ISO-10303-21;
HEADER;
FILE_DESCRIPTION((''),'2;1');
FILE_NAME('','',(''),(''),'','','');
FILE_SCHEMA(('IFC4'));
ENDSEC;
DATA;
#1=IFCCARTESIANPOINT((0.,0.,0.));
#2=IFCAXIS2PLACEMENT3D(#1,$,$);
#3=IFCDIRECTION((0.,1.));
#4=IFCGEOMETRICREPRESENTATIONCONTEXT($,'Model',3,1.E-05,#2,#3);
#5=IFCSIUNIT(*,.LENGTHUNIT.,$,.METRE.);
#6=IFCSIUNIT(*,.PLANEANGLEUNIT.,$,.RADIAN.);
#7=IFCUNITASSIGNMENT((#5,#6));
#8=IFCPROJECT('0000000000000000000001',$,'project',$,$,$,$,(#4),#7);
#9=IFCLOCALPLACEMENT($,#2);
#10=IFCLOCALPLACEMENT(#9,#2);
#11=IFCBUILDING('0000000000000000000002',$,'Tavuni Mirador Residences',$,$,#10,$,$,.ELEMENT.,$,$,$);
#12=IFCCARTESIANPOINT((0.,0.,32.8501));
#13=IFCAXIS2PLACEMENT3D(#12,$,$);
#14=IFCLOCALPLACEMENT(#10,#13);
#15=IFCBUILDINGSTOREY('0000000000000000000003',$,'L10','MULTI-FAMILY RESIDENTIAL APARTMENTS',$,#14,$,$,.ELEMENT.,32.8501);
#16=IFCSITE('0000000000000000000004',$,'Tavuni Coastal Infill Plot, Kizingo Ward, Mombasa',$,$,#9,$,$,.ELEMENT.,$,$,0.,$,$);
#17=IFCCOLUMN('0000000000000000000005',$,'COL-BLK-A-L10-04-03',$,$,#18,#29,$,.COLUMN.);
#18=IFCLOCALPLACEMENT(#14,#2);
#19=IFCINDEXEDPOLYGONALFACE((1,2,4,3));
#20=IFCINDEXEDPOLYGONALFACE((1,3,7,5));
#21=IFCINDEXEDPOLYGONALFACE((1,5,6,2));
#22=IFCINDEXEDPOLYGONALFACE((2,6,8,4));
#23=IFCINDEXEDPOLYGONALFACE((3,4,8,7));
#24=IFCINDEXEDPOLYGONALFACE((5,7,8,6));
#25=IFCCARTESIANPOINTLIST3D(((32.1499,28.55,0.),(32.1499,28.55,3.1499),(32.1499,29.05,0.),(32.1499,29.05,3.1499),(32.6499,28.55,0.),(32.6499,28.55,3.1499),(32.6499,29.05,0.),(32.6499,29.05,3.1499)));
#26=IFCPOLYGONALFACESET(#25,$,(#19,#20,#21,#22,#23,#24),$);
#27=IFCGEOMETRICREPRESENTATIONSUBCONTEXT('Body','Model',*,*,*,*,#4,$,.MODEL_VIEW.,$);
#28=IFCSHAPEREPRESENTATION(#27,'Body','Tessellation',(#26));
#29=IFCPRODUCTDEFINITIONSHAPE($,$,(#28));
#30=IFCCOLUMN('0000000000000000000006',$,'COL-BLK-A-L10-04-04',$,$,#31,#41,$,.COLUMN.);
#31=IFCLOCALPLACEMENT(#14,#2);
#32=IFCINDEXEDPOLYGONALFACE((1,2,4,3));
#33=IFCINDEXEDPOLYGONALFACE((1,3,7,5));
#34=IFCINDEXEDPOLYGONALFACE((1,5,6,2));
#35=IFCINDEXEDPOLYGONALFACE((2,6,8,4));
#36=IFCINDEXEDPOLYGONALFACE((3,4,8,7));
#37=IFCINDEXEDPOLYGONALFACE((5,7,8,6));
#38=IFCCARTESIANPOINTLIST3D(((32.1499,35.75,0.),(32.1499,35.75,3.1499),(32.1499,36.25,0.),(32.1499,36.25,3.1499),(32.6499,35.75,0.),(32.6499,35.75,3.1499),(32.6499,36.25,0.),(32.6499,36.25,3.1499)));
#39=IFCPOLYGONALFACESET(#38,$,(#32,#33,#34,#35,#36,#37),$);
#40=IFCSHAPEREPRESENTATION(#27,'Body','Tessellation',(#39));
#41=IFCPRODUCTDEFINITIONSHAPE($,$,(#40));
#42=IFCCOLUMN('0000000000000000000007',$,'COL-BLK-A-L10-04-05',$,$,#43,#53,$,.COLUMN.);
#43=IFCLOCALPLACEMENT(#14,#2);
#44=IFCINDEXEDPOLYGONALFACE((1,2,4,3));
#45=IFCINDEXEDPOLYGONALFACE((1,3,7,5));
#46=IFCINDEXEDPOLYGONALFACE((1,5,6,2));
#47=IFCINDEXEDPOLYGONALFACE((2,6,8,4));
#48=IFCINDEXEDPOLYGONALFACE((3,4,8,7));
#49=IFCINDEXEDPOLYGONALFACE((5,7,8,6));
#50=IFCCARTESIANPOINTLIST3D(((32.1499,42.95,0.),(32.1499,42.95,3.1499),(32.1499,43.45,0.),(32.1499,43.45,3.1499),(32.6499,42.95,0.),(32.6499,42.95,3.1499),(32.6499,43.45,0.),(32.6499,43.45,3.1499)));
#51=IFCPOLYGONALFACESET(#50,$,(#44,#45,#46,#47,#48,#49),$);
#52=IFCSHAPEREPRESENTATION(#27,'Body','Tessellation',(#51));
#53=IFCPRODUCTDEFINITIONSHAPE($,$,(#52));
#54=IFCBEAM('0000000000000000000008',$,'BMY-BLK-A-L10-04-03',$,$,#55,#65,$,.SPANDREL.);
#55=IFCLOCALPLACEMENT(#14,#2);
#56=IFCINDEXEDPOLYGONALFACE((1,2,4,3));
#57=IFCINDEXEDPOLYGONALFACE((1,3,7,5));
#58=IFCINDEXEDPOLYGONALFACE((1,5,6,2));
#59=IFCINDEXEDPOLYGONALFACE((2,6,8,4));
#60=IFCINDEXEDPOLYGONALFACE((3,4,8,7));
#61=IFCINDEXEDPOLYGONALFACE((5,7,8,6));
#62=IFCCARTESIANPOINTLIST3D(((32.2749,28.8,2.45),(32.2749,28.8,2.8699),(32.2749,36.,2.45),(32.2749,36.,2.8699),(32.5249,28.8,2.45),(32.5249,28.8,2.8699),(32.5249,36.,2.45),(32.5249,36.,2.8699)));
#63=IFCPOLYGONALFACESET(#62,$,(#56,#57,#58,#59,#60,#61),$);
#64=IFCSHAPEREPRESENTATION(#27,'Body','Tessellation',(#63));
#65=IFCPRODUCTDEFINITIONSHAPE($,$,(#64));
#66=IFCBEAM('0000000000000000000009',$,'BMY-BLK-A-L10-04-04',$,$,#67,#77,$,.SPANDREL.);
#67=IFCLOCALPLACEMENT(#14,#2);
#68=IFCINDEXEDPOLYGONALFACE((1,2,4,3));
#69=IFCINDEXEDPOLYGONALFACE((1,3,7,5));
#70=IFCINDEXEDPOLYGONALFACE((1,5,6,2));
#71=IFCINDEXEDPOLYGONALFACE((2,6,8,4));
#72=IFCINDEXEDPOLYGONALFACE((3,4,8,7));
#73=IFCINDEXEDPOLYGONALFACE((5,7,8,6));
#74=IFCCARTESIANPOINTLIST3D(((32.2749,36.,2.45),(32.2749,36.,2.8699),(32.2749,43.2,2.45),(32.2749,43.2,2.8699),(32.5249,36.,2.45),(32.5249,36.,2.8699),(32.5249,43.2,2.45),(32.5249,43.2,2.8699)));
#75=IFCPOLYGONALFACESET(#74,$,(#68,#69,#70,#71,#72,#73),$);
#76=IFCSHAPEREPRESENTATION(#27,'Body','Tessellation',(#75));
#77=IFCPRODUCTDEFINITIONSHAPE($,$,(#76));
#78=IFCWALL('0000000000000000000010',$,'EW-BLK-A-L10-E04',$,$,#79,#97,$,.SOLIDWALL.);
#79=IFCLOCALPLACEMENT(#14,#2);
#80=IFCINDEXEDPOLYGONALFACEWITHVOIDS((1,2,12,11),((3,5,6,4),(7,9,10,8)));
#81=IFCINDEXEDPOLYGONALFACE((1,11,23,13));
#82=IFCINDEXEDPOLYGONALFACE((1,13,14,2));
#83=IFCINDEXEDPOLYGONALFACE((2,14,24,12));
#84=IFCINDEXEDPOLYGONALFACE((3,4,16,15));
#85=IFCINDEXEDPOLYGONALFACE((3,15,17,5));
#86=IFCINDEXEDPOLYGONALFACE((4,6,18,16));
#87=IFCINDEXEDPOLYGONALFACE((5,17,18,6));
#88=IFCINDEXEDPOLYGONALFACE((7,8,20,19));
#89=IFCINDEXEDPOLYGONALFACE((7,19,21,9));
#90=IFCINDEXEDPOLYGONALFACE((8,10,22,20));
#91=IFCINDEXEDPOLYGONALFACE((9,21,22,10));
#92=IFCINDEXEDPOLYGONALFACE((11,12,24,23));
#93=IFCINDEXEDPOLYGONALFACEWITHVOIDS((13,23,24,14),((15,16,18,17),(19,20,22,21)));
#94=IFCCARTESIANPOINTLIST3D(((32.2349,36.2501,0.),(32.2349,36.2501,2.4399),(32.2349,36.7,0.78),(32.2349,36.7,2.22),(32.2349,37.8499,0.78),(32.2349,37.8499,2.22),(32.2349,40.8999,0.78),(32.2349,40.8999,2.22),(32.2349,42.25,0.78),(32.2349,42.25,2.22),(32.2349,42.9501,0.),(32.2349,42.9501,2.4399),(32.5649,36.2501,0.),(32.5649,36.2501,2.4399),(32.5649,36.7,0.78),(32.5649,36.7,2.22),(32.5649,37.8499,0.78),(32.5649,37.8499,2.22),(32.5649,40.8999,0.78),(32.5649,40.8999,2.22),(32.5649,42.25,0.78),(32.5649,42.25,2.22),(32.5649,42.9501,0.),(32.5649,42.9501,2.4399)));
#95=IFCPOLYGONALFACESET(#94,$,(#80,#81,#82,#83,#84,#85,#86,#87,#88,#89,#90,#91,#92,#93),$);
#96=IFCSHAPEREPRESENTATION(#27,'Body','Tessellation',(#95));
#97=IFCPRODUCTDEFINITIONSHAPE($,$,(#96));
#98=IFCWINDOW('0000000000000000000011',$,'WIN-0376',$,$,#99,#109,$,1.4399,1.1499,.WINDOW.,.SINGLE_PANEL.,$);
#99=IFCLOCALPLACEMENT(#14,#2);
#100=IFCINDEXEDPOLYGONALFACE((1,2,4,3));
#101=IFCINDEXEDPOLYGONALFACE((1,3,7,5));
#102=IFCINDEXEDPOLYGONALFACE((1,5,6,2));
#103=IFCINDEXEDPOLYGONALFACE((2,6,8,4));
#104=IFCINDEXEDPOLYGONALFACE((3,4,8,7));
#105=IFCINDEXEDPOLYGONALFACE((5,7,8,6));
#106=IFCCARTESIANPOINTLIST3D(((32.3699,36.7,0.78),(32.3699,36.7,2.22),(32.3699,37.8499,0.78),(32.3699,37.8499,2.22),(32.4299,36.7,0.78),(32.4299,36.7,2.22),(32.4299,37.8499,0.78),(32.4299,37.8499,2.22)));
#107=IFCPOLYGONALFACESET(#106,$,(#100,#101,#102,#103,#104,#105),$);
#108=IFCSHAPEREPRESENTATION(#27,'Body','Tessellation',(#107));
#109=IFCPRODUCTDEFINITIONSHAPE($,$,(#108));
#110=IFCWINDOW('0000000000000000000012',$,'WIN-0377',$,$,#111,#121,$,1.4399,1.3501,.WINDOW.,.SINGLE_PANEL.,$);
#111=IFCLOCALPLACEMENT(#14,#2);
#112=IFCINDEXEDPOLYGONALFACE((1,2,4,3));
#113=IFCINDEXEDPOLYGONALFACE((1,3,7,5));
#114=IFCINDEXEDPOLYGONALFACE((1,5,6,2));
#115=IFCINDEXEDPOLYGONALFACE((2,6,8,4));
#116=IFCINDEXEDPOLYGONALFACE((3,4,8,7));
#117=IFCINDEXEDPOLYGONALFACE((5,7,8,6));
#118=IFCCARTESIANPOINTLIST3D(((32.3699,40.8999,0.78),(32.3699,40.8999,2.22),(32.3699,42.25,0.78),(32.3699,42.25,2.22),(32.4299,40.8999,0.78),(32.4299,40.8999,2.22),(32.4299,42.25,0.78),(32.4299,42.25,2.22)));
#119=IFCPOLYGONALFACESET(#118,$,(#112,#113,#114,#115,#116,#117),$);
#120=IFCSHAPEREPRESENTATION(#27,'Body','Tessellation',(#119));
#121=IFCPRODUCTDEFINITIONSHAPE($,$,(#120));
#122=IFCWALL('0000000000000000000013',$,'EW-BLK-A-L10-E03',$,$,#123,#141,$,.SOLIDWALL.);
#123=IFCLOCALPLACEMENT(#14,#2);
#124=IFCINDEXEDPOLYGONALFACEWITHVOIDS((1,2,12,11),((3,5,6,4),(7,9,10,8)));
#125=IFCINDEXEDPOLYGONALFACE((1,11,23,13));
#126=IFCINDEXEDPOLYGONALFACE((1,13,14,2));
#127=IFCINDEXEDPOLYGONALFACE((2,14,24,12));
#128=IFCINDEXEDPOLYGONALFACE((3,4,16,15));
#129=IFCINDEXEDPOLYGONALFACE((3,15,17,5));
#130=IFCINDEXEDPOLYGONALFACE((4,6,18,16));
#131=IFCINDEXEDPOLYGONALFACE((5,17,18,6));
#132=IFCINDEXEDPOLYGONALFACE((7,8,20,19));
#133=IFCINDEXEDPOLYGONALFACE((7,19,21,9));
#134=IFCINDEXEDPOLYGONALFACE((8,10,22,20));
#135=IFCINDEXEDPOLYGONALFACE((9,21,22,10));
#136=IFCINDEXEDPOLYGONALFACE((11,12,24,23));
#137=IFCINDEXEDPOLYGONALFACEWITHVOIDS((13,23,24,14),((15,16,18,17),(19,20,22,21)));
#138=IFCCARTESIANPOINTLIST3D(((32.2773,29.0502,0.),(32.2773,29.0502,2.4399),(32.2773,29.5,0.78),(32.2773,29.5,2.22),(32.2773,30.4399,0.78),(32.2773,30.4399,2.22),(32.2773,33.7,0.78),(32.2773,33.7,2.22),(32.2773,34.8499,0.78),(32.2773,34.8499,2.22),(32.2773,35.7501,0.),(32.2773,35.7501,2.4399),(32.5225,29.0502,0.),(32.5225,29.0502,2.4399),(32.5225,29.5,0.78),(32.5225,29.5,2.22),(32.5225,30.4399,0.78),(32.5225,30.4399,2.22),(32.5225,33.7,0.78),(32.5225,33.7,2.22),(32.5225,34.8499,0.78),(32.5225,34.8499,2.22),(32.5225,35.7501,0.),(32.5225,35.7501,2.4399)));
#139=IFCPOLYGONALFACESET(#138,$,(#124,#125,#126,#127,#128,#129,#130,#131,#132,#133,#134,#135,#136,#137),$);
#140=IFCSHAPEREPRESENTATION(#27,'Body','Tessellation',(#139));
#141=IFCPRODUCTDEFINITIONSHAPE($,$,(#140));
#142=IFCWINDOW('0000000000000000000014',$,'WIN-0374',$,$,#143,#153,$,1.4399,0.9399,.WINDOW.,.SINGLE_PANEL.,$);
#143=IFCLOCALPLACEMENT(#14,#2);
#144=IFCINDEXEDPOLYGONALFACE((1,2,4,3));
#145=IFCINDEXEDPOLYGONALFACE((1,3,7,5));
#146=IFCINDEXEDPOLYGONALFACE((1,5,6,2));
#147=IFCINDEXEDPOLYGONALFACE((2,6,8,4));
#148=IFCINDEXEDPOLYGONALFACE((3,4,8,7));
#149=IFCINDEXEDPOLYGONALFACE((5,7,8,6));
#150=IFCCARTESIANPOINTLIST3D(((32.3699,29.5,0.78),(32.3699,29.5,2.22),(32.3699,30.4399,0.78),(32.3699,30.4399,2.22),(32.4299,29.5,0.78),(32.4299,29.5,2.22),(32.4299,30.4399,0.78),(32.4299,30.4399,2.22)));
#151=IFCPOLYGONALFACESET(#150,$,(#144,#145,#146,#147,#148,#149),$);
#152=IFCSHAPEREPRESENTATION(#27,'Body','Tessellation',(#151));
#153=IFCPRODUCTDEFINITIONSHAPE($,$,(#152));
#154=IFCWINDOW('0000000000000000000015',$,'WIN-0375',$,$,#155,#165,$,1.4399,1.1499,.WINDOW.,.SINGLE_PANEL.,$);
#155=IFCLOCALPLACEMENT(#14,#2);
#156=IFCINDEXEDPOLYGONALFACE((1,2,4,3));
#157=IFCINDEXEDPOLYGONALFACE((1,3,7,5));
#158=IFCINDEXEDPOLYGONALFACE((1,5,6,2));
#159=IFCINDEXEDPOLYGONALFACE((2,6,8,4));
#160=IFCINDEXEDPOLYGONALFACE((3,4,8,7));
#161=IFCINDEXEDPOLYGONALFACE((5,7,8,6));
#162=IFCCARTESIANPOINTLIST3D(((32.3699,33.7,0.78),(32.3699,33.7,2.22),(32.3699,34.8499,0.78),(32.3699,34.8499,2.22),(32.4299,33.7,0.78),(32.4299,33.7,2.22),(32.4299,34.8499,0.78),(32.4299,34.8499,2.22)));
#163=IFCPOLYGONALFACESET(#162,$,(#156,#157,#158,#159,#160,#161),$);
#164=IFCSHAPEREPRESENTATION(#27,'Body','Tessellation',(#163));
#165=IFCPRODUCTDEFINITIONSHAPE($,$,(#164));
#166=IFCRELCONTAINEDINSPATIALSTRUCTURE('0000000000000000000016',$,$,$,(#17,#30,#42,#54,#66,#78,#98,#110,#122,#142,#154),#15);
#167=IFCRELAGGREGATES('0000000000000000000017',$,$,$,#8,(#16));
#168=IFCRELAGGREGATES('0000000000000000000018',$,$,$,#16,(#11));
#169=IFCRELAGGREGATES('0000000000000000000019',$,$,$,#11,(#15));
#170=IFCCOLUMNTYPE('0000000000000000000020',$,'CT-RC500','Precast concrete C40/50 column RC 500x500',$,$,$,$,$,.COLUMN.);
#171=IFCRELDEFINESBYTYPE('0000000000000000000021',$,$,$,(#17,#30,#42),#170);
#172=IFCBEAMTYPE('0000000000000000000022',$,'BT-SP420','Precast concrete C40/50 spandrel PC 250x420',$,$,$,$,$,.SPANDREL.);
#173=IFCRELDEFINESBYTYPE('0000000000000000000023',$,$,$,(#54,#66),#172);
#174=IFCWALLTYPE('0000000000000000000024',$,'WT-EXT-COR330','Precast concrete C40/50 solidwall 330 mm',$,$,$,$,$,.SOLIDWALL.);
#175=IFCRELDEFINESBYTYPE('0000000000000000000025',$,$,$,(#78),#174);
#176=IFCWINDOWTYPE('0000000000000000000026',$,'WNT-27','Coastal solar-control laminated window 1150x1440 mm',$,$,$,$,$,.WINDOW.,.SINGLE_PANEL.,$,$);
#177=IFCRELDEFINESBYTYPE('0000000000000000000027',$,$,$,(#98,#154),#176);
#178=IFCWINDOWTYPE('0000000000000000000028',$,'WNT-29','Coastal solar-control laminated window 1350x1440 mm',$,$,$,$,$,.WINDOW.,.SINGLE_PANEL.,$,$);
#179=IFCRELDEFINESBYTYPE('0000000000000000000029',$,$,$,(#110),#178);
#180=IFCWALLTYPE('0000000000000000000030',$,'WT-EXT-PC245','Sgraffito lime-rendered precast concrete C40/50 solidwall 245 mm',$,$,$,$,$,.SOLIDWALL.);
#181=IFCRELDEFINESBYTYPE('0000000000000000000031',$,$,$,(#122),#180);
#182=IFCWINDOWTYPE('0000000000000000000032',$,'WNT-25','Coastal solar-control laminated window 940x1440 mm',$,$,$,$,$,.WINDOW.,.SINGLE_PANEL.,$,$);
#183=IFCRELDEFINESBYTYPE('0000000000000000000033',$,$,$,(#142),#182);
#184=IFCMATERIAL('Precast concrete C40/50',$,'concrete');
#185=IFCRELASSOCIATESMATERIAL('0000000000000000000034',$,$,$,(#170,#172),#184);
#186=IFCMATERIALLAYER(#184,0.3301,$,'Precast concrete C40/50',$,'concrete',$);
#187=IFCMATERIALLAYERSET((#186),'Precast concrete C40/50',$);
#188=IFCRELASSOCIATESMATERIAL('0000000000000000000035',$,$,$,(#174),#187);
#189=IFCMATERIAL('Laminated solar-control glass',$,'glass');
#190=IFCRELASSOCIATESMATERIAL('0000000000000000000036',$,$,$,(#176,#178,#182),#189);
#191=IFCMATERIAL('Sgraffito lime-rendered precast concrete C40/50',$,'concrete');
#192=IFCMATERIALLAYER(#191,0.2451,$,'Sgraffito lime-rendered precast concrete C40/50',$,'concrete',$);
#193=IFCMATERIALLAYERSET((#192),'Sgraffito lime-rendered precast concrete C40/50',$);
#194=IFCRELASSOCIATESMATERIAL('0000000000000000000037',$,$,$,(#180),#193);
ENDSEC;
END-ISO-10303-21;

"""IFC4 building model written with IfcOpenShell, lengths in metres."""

from ifc_helpers import new_model, si_unit, direction, frame, frame_2d, origin, origin_2d, place, context, subcontext, project, spatial, rectangle, extrude, material, layer, layer_set, material_profile, profile_set, type_object, element, fill, save


model = new_model("IFC4")

# Units and contexts
model_context = context("Model", 3, precision=1e-05, world=origin(), true_north=direction((0.0, 1.0)))
body_context = subcontext(model_context, "Body", "Model", "MODEL_VIEW")
ifc_project = project(units=[si_unit("LENGTHUNIT", "METRE"), si_unit("PLANEANGLEUNIT", "RADIAN")], contexts=[model_context])

# Site, building, storey
site_placement = place(None, origin())
site = spatial("IfcSite", under=ifc_project, at=site_placement, Name="Tavuni Coastal Infill Plot, Kizingo Ward, Mombasa", CompositionType="ELEMENT", RefElevation=0.0)
building_placement = place(site_placement, origin())
building = spatial("IfcBuilding", under=site, at=building_placement, Name="Tavuni Mirador Residences", CompositionType="ELEMENT")
storey_placement = place(building_placement, frame((0.0, 0.0, 32.8501)))
storey = spatial("IfcBuildingStorey", under=building, at=storey_placement, Name="L10", Description="MULTI-FAMILY RESIDENTIAL APARTMENTS", CompositionType="ELEMENT", Elevation=32.8501)

# Columns
ifc_material_1 = material(Name="Precast concrete C40/50", Category="concrete")
ifc_material_profile_1 = material_profile(ifc_material_1, rectangle(XDim=0.5, YDim=0.5, at=origin_2d()), Name="RC 500x500", Category="concrete")
ifc_profile_set_1 = profile_set([ifc_material_profile_1], Name="Precast concrete C40/50")
column_type = type_object("IfcColumnType", Name="CT-RC500", Description="Precast concrete C40/50 column RC 500x500", PredefinedType="COLUMN", material=ifc_profile_set_1)
for number, where, z_axis, x_axis, name in (
    (1, (32.3999, 28.8, 0.0), (0.0, 0.0, 1.0), (1.0, 0.0, 0.0), "COL-BLK-A-L10-04-03"),
    (2, (32.3999, 36.0, 0.0), (0.0, 0.0, 1.0), (1.0, 0.0, 0.0), "COL-BLK-A-L10-04-04"),
    (3, (32.3999, 43.2, 0.0), (0.0, 0.0, 1.0), (1.0, 0.0, 0.0), "COL-BLK-A-L10-04-05"),
):
    element("IfcColumn", number, at=place(storey_placement, frame(where, z_axis=z_axis, x_axis=x_axis)), inside=storey, type_object=column_type, Name=name, PredefinedType="COLUMN", context=body_context, shape_type="SweptSolid", body=[
        extrude(rectangle(XDim=0.5, YDim=0.5, at=origin_2d()), origin(), (0.0, 0.0, 1.0), 3.1499),
    ])

# Beams
ifc_material_profile_2 = material_profile(ifc_material_1, rectangle(XDim=0.25, YDim=0.4199, at=origin_2d()), Name="PC 250x420", Category="concrete")
ifc_profile_set_2 = profile_set([ifc_material_profile_2], Name="Precast concrete C40/50")
beam_type = type_object("IfcBeamType", Name="BT-SP420", Description="Precast concrete C40/50 spandrel PC 250x420", PredefinedType="SPANDREL", material=ifc_profile_set_2)
for number, where, z_axis, x_axis, name in (
    (4, (32.3999, 28.8, 2.6599), (0.0, 1.0, 0.0), (-1.0, 0.0, 0.0), "BMY-BLK-A-L10-04-03"),
    (5, (32.3999, 36.0, 2.6599), (0.0, 1.0, 0.0), (-1.0, 0.0, 0.0), "BMY-BLK-A-L10-04-04"),
):
    element("IfcBeam", number, at=place(storey_placement, frame(where, z_axis=z_axis, x_axis=x_axis)), inside=storey, type_object=beam_type, Name=name, PredefinedType="SPANDREL", context=body_context, shape_type="SweptSolid", body=[
        extrude(rectangle(XDim=0.25, YDim=0.4199, at=origin_2d()), origin(), (0.0, 0.0, 1.0), 7.2),
    ])

# Walls, openings, windows
ifc_layer_1 = layer(ifc_material_1, 0.3301, Name="Precast concrete C40/50", Category="concrete")
ifc_layer_set_1 = layer_set([ifc_layer_1], Name="Precast concrete C40/50")
wall_type_1 = type_object("IfcWallType", Name="WT-EXT-COR330", Description="Precast concrete C40/50 solidwall 330 mm", PredefinedType="SOLIDWALL", material=ifc_layer_set_1)
wall_1_placement = place(storey_placement, frame((32.3999, 36.25, 0.0), z_axis=(0.0, 0.0, 1.0), x_axis=(0.0, 1.0, 0.0)))
wall_1 = element("IfcWall", 6, at=wall_1_placement, inside=storey, type_object=wall_type_1, Name="EW-BLK-A-L10-E04", PredefinedType="SOLIDWALL", context=body_context, shape_type="SweptSolid", body=[
    extrude(rectangle(XDim=6.7, YDim=0.3301, at=frame_2d((3.3501, 0.0))), origin(), (0.0, 0.0, 1.0), 2.4399),
])
opening_1_placement = place(wall_1_placement, frame((0.45, 0.0, 0.78)))
opening_1 = element("IfcOpeningElement", 7, at=opening_1_placement, cuts=wall_1, PredefinedType="OPENING", context=body_context, shape_type="SweptSolid", body=[
    extrude(rectangle(XDim=1.1499, YDim=1.4399, at=frame_2d((0.575, 0.72))), frame((0.0, 0.175, 0.0), z_axis=(0.0, -1.0, 0.0), x_axis=(1.0, 0.0, 0.0)), (0.0, 0.0, 1.0), 0.3501),
])
opening_2_placement = place(wall_1_placement, frame((4.6499, 0.0, 0.78)))
opening_2 = element("IfcOpeningElement", 8, at=opening_2_placement, cuts=wall_1, PredefinedType="OPENING", context=body_context, shape_type="SweptSolid", body=[
    extrude(rectangle(XDim=1.3501, YDim=1.4399, at=frame_2d((0.675, 0.72))), frame((0.0, 0.175, 0.0), z_axis=(0.0, -1.0, 0.0), x_axis=(1.0, 0.0, 0.0)), (0.0, 0.0, 1.0), 0.3501),
])
ifc_material_2 = material(Name="Laminated solar-control glass", Category="glass")
window_type_1 = type_object("IfcWindowType", Name="WNT-27", Description="Coastal solar-control laminated window 1150x1440 mm", PartitioningType="SINGLE_PANEL", PredefinedType="WINDOW", material=ifc_material_2)
window_1_placement = place(opening_1_placement, origin())
window_1 = element("IfcWindow", 9, at=window_1_placement, inside=storey, type_object=window_type_1, Name="WIN-0376", OverallHeight=1.4399, OverallWidth=1.1499, PartitioningType="SINGLE_PANEL", PredefinedType="WINDOW", context=body_context, shape_type="SweptSolid", body=[
    extrude(rectangle(XDim=1.1499, YDim=1.4399, at=frame_2d((0.575, 0.72))), frame((0.0, 0.03, 0.0), z_axis=(0.0, -1.0, 0.0), x_axis=(1.0, 0.0, 0.0)), (0.0, 0.0, 1.0), 0.0601),
])
fill(opening_1, window_1)
window_type_2 = type_object("IfcWindowType", Name="WNT-29", Description="Coastal solar-control laminated window 1350x1440 mm", PartitioningType="SINGLE_PANEL", PredefinedType="WINDOW", material=ifc_material_2)
window_2_placement = place(opening_2_placement, origin())
window_2 = element("IfcWindow", 10, at=window_2_placement, inside=storey, type_object=window_type_2, Name="WIN-0377", OverallHeight=1.4399, OverallWidth=1.3501, PartitioningType="SINGLE_PANEL", PredefinedType="WINDOW", context=body_context, shape_type="SweptSolid", body=[
    extrude(rectangle(XDim=1.3501, YDim=1.4399, at=frame_2d((0.675, 0.72))), frame((0.0, 0.03, 0.0), z_axis=(0.0, -1.0, 0.0), x_axis=(1.0, 0.0, 0.0)), (0.0, 0.0, 1.0), 0.0601),
])
fill(opening_2, window_2)
ifc_material_3 = material(Name="Sgraffito lime-rendered precast concrete C40/50", Category="concrete")
ifc_layer_2 = layer(ifc_material_3, 0.2451, Name="Sgraffito lime-rendered precast concrete C40/50", Category="concrete")
ifc_layer_set_2 = layer_set([ifc_layer_2], Name="Sgraffito lime-rendered precast concrete C40/50")
wall_type_2 = type_object("IfcWallType", Name="WT-EXT-PC245", Description="Sgraffito lime-rendered precast concrete C40/50 solidwall 245 mm", PredefinedType="SOLIDWALL", material=ifc_layer_set_2)
wall_2_placement = place(storey_placement, frame((32.3999, 29.05, 0.0), z_axis=(0.0, 0.0, 1.0), x_axis=(0.0, 1.0, 0.0)))
wall_2 = element("IfcWall", 11, at=wall_2_placement, inside=storey, type_object=wall_type_2, Name="EW-BLK-A-L10-E03", PredefinedType="SOLIDWALL", context=body_context, shape_type="SweptSolid", body=[
    extrude(rectangle(XDim=6.7, YDim=0.2451, at=frame_2d((3.3501, 0.0))), origin(), (0.0, 0.0, 1.0), 2.4399),
])
opening_3_placement = place(wall_2_placement, frame((0.45, 0.0, 0.78)))
opening_3 = element("IfcOpeningElement", 12, at=opening_3_placement, cuts=wall_2, PredefinedType="OPENING", context=body_context, shape_type="SweptSolid", body=[
    extrude(rectangle(XDim=0.9399, YDim=1.4399, at=frame_2d((0.47, 0.72))), frame((0.0, 0.1326, 0.0), z_axis=(0.0, -1.0, 0.0), x_axis=(1.0, 0.0, 0.0)), (0.0, 0.0, 1.0), 0.2651),
])
opening_4_placement = place(wall_2_placement, frame((4.6499, 0.0, 0.78)))
opening_4 = element("IfcOpeningElement", 13, at=opening_4_placement, cuts=wall_2, PredefinedType="OPENING", context=body_context, shape_type="SweptSolid", body=[
    extrude(rectangle(XDim=1.1499, YDim=1.4399, at=frame_2d((0.575, 0.72))), frame((0.0, 0.1326, 0.0), z_axis=(0.0, -1.0, 0.0), x_axis=(1.0, 0.0, 0.0)), (0.0, 0.0, 1.0), 0.2651),
])
window_type_3 = type_object("IfcWindowType", Name="WNT-25", Description="Coastal solar-control laminated window 940x1440 mm", PartitioningType="SINGLE_PANEL", PredefinedType="WINDOW", material=ifc_material_2)
window_3_placement = place(opening_3_placement, origin())
window_3 = element("IfcWindow", 14, at=window_3_placement, inside=storey, type_object=window_type_3, Name="WIN-0374", OverallHeight=1.4399, OverallWidth=0.9399, PartitioningType="SINGLE_PANEL", PredefinedType="WINDOW", context=body_context, shape_type="SweptSolid", body=[
    extrude(rectangle(XDim=0.9399, YDim=1.4399, at=frame_2d((0.47, 0.72))), frame((0.0, 0.03, 0.0), z_axis=(0.0, -1.0, 0.0), x_axis=(1.0, 0.0, 0.0)), (0.0, 0.0, 1.0), 0.0601),
])
fill(opening_3, window_3)
window_4_placement = place(opening_4_placement, origin())
window_4 = element("IfcWindow", 15, at=window_4_placement, inside=storey, type_object=window_type_1, Name="WIN-0375", OverallHeight=1.4399, OverallWidth=1.1499, PartitioningType="SINGLE_PANEL", PredefinedType="WINDOW", context=body_context, shape_type="SweptSolid", body=[
    extrude(rectangle(XDim=1.1499, YDim=1.4399, at=frame_2d((0.575, 0.72))), frame((0.0, 0.03, 0.0), z_axis=(0.0, -1.0, 0.0), x_axis=(1.0, 0.0, 0.0)), (0.0, 0.0, 1.0), 0.0601),
])
fill(opening_4, window_4)

save(model, "model.ifc")
